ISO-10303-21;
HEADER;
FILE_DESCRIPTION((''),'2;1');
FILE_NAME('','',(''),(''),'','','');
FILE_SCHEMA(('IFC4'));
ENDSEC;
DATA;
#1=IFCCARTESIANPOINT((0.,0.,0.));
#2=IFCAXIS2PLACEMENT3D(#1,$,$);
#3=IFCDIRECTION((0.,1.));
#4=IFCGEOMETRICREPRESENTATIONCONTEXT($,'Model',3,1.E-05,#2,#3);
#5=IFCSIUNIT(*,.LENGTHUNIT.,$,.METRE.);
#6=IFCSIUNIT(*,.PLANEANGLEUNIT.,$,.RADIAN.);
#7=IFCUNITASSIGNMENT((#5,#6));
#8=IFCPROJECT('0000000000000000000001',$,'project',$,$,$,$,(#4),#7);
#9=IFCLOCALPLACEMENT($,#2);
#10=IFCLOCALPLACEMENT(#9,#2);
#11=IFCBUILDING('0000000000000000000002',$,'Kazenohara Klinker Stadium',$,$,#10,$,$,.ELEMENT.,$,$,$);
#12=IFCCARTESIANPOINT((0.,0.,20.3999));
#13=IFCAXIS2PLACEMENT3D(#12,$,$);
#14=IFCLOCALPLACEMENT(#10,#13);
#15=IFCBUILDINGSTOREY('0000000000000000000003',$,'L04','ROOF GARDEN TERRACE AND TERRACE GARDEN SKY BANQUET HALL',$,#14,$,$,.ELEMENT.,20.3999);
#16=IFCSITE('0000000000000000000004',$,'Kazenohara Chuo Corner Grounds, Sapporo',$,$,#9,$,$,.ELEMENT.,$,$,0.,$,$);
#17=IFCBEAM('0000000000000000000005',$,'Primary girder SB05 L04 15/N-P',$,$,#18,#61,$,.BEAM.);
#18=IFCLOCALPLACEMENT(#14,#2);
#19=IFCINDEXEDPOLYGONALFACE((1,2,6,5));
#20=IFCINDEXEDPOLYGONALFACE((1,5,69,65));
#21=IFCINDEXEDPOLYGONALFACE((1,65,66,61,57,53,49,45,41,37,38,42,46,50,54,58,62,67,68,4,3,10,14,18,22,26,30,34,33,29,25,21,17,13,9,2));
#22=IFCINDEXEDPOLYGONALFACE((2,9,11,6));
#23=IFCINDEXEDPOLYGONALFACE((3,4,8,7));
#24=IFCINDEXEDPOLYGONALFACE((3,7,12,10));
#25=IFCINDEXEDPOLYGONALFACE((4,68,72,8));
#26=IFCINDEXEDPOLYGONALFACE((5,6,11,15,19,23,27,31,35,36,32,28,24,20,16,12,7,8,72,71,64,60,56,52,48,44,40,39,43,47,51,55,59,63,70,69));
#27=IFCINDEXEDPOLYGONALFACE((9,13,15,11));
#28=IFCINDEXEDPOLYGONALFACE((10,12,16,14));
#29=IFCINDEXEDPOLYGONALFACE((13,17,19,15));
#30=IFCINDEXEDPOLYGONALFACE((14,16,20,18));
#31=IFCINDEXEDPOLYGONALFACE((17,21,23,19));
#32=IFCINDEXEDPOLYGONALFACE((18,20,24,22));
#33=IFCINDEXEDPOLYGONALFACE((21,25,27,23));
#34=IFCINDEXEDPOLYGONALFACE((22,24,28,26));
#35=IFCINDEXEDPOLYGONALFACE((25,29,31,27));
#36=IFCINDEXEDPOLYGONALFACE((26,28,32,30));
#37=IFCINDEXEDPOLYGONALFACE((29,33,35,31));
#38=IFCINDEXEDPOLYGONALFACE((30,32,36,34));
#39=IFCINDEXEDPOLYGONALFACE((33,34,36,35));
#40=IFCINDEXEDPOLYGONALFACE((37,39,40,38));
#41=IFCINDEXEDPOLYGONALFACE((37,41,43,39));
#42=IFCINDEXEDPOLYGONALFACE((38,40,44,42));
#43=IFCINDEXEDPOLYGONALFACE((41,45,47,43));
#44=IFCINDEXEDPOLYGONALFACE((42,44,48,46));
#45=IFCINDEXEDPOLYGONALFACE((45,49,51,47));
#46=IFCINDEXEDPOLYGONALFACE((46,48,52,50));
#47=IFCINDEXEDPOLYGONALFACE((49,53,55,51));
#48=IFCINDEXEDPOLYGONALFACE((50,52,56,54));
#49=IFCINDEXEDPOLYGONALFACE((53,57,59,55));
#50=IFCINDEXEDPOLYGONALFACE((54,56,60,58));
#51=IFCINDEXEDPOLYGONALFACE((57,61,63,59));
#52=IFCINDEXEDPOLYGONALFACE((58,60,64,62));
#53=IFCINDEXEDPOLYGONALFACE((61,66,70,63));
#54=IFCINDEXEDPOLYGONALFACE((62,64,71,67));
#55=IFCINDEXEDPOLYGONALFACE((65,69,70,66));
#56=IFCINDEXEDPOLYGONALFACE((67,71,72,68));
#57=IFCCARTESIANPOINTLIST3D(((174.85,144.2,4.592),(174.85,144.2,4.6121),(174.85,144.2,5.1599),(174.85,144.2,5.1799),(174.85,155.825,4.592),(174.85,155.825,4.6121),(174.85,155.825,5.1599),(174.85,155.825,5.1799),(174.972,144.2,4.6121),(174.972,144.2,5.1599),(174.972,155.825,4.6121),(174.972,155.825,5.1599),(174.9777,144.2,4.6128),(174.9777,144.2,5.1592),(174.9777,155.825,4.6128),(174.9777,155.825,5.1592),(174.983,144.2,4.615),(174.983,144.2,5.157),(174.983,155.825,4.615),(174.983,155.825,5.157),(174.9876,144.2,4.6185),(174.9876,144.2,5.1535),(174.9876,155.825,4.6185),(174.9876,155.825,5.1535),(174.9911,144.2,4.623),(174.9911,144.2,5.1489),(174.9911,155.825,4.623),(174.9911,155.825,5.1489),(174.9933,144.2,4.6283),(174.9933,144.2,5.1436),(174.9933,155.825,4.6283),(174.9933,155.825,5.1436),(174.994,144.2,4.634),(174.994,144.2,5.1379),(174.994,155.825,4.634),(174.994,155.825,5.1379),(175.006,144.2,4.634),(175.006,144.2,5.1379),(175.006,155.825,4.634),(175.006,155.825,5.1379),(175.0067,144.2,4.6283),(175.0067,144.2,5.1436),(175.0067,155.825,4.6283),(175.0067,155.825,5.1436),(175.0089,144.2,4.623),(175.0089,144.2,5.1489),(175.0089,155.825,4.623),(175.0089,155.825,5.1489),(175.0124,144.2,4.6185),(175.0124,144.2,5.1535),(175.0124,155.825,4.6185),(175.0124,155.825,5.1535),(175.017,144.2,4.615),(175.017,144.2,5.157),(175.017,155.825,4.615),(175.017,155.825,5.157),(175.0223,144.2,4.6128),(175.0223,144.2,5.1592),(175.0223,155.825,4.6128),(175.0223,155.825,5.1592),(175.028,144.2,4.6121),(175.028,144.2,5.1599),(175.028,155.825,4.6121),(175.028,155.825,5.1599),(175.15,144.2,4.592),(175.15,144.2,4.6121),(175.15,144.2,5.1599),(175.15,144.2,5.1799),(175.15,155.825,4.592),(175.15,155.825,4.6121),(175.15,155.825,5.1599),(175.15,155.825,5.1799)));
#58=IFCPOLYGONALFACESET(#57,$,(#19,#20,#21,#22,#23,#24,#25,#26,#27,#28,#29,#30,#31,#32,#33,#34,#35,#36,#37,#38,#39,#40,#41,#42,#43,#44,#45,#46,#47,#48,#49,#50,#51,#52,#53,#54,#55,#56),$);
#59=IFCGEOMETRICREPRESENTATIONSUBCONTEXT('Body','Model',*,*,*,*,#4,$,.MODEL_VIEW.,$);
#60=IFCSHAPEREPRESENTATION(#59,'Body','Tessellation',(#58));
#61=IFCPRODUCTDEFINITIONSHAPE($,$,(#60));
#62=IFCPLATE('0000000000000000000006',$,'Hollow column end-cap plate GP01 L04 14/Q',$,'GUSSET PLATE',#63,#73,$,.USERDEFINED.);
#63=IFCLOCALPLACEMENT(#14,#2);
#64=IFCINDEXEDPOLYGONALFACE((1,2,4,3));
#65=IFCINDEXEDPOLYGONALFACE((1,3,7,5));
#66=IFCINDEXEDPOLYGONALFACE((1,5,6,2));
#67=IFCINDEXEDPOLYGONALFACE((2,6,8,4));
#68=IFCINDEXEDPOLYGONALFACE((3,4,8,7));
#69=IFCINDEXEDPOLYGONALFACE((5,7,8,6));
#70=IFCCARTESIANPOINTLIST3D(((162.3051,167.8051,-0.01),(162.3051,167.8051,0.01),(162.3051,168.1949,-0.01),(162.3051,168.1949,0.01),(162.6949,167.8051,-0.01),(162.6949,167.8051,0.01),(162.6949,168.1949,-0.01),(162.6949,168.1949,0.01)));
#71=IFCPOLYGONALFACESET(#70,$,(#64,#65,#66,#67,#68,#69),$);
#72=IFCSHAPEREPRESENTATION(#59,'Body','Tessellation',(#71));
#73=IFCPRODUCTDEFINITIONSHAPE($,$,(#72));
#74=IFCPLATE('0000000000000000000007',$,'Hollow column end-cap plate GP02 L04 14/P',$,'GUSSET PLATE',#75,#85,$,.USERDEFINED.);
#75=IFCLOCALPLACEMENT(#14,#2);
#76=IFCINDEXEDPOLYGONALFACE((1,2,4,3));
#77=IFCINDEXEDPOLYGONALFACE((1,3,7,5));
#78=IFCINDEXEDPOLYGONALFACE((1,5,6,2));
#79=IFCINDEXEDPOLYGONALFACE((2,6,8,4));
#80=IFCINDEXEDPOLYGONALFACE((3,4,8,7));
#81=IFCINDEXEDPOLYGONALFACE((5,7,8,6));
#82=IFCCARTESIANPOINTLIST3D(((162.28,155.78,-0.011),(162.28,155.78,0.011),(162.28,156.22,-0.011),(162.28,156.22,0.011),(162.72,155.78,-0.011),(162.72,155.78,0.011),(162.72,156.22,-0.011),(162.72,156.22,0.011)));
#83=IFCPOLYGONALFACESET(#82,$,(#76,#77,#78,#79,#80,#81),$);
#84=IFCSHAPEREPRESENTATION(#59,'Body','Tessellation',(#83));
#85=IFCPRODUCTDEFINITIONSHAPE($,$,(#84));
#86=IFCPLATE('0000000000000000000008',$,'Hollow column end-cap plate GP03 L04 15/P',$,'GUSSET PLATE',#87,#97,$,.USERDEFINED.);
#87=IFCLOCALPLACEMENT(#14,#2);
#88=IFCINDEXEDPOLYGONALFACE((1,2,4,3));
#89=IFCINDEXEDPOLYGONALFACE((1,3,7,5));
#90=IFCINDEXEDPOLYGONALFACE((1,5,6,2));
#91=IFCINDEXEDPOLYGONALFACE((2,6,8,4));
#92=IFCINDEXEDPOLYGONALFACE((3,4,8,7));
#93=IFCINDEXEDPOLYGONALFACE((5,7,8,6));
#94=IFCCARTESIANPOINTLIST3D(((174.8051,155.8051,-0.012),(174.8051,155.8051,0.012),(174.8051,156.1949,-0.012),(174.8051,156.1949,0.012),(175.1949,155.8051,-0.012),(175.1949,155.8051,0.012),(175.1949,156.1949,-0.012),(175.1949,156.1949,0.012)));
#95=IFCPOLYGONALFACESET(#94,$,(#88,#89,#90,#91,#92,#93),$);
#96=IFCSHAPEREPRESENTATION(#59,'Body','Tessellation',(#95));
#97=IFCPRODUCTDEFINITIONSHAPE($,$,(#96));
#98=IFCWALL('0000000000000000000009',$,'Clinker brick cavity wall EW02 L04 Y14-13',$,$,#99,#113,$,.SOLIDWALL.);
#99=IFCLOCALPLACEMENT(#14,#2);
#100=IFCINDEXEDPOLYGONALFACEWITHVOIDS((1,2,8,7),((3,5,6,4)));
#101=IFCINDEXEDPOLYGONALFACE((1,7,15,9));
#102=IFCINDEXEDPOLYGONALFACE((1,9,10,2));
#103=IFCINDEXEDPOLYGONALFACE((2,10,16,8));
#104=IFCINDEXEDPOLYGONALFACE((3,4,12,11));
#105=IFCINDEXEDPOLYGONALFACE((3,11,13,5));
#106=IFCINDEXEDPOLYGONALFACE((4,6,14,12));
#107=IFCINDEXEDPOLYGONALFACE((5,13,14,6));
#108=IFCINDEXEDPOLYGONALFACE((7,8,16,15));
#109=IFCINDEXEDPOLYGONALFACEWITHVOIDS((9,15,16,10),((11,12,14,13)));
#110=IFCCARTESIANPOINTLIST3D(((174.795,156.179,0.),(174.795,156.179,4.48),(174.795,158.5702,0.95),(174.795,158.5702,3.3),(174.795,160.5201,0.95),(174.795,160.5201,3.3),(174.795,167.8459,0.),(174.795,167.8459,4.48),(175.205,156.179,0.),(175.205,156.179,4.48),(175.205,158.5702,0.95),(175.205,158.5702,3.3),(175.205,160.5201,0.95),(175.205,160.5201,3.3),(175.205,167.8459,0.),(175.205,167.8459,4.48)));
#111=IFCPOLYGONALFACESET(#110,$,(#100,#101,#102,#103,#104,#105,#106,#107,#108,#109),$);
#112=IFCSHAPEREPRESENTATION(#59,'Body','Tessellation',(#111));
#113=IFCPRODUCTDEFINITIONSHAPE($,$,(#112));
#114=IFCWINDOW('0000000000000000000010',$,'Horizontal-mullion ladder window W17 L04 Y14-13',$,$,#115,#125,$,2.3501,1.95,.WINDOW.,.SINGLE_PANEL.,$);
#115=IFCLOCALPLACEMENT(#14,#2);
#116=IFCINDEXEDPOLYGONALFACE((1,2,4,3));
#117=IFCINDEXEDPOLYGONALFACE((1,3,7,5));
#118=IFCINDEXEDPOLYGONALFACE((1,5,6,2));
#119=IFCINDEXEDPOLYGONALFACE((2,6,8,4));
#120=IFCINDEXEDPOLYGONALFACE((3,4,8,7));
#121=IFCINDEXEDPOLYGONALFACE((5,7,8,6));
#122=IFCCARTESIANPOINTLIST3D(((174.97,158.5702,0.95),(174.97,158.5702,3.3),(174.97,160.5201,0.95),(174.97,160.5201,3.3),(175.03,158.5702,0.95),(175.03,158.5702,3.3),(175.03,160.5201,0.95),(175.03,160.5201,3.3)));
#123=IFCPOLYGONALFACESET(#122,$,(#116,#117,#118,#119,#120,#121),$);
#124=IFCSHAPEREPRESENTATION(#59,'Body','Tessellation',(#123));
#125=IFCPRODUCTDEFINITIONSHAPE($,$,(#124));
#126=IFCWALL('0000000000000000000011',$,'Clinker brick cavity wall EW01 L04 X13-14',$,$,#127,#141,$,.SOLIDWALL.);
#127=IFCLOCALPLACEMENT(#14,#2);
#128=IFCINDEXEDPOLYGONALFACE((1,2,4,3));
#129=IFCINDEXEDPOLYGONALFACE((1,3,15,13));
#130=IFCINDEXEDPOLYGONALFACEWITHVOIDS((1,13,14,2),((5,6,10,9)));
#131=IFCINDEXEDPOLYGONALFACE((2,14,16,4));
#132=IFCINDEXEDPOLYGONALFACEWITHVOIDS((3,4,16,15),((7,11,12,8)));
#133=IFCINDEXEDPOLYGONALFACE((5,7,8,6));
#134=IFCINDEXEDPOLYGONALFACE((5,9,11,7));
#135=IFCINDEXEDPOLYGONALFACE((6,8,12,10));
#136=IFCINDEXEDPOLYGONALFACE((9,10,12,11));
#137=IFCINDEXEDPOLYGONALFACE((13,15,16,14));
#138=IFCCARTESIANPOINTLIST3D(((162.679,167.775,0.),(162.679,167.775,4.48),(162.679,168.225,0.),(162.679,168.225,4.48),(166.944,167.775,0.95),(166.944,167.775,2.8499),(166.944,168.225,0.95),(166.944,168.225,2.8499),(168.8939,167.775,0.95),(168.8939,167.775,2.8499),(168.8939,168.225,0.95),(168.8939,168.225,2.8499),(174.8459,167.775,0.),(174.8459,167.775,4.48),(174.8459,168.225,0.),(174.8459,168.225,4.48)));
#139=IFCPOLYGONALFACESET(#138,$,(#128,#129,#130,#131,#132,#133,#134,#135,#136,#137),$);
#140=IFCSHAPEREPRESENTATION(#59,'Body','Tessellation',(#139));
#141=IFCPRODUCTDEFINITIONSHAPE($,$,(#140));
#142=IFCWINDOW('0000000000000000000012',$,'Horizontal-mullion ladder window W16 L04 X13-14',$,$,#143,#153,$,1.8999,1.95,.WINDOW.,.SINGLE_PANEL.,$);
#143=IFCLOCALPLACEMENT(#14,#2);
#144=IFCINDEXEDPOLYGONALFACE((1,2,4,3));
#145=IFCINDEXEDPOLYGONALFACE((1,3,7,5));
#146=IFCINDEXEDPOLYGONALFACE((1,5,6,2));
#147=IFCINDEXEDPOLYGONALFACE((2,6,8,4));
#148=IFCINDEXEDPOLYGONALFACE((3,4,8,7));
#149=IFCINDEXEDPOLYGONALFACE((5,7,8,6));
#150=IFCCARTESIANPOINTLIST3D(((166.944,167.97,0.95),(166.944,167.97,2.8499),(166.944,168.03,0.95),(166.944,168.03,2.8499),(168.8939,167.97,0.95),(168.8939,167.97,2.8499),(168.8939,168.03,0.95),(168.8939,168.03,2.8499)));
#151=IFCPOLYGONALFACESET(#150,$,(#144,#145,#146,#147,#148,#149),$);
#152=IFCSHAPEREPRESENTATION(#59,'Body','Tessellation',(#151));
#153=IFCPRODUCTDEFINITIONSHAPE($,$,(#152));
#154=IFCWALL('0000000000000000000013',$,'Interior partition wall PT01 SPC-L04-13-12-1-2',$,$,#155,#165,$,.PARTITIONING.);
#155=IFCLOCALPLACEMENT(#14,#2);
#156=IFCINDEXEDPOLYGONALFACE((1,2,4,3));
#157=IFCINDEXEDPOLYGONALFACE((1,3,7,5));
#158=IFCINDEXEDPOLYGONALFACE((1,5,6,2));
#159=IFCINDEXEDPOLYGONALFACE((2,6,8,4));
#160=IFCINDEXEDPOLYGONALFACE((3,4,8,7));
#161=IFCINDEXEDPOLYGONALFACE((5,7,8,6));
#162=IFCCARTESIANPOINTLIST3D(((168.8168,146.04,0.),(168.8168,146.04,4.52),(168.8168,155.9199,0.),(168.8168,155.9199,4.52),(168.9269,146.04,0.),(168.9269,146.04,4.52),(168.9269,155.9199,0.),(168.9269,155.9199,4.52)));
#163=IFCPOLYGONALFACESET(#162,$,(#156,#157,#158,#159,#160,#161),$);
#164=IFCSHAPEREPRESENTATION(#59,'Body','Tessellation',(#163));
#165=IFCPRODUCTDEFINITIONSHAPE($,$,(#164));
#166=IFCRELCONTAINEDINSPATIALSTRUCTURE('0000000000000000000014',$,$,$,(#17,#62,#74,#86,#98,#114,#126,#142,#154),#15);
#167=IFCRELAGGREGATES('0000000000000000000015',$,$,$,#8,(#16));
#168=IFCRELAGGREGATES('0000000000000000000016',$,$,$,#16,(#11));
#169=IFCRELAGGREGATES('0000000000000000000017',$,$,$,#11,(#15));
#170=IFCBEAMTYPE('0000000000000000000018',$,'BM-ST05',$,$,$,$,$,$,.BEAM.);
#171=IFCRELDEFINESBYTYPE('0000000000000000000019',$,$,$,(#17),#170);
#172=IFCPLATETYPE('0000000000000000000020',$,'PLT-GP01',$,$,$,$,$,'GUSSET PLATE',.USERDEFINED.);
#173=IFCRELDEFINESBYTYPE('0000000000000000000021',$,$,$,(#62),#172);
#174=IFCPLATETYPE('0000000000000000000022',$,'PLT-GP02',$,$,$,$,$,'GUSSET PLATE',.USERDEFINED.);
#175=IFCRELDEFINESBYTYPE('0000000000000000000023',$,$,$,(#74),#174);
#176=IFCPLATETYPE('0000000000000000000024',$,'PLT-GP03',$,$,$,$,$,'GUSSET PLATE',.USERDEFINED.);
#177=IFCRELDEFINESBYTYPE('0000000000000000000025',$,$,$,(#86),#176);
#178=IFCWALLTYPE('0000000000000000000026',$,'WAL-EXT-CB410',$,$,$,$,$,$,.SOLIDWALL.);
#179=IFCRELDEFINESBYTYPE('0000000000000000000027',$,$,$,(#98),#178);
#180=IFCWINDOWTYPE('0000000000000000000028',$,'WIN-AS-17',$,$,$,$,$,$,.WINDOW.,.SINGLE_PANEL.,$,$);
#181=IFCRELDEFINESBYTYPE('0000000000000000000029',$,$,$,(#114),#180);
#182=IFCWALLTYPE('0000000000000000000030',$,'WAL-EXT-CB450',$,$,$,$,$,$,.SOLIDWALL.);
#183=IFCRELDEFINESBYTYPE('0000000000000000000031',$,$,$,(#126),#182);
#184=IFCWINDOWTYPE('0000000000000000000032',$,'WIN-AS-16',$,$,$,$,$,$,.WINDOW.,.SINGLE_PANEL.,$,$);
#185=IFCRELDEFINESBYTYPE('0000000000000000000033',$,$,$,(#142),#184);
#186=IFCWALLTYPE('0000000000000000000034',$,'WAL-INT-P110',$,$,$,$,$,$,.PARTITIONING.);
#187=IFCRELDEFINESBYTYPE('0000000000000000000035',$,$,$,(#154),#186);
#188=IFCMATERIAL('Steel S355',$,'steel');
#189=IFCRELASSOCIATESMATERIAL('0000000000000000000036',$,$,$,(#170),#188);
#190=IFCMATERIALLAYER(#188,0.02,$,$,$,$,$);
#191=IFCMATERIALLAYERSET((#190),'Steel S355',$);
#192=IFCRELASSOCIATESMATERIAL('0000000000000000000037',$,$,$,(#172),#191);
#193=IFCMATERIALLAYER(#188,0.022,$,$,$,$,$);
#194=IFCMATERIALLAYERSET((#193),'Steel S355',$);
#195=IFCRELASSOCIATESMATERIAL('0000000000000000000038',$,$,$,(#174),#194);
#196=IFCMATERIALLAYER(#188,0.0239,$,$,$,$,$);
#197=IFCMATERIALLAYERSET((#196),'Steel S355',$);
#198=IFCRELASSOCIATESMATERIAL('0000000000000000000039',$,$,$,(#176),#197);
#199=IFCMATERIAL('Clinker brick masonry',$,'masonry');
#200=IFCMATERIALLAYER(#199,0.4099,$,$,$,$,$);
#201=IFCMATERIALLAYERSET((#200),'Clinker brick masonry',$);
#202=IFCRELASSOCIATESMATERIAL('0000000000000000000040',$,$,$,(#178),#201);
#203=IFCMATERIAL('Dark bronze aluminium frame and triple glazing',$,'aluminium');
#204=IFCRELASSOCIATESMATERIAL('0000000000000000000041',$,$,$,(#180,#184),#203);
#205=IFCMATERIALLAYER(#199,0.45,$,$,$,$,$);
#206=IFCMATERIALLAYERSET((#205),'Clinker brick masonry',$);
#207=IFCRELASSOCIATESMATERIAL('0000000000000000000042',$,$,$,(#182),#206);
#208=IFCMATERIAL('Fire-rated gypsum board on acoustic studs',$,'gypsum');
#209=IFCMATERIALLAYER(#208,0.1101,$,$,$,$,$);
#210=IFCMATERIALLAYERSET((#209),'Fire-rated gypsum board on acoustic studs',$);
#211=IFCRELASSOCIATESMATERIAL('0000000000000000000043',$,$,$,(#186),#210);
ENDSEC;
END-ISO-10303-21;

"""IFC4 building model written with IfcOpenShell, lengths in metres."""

from ifc_helpers import new_model, si_unit, direction, frame, frame_2d, origin, origin_2d, place, context, subcontext, project, spatial, rectangle, i_section, extrude, material, layer, layer_set, material_profile, profile_set, type_object, element, fill, save


model = new_model("IFC4")

# Units and contexts
model_context = context("Model", 3, precision=1e-05, world=origin(), true_north=direction((0.0, 1.0)))
body_context = subcontext(model_context, "Body", "Model", "MODEL_VIEW")
ifc_project = project(units=[si_unit("LENGTHUNIT", "METRE"), si_unit("PLANEANGLEUNIT", "RADIAN")], contexts=[model_context])

# Site, building, storey
site_placement = place(None, origin())
site = spatial("IfcSite", under=ifc_project, at=site_placement, Name="Kazenohara Chuo Corner Grounds, Sapporo", CompositionType="ELEMENT", RefElevation=0.0)
building_placement = place(site_placement, origin())
building = spatial("IfcBuilding", under=site, at=building_placement, Name="Kazenohara Klinker Stadium", CompositionType="ELEMENT")
storey_placement = place(building_placement, frame((0.0, 0.0, 20.3999)))
storey = spatial("IfcBuildingStorey", under=building, at=storey_placement, Name="L04", Description="ROOF GARDEN TERRACE AND TERRACE GARDEN SKY BANQUET HALL", CompositionType="ELEMENT", Elevation=20.3999)

# Shared definitions
ifc_material_1 = material(Name="Steel S355", Category="steel")

# Beam
ifc_material_profile_1 = material_profile(ifc_material_1, i_section(OverallWidth=0.3, OverallDepth=0.5879, WebThickness=0.012, FlangeThickness=0.02, FilletRadius=0.022, at=origin_2d()), Name="H-588x300x12x20")
ifc_profile_set_1 = profile_set([ifc_material_profile_1], Name="Steel S355")
beam_type_1 = type_object("IfcBeamType", Name="BM-ST05", PredefinedType="BEAM", material=ifc_profile_set_1)
for number, where, z_axis, x_axis, name in (
    (1, (175.0, 144.2, 4.886), (0.0, 1.0, 0.0), (-1.0, 0.0, 0.0), "Primary girder SB05 L04 15/N-P"),
):
    element("IfcBeam", number, at=place(storey_placement, frame(where, z_axis=z_axis, x_axis=x_axis)), inside=storey, type_object=beam_type_1, Name=name, PredefinedType="BEAM", context=body_context, shape_type="SweptSolid", body=[
        extrude(i_section(OverallWidth=0.3, OverallDepth=0.5879, WebThickness=0.012, FlangeThickness=0.02, FilletRadius=0.022, at=origin_2d()), origin(), (0.0, 0.0, 1.0), 11.625),
    ])

# Plates
ifc_layer_1 = layer(ifc_material_1, 0.02)
ifc_layer_set_1 = layer_set([ifc_layer_1], Name="Steel S355")
plate_type_1 = type_object("IfcPlateType", Name="PLT-GP01", ElementType="GUSSET PLATE", PredefinedType="USERDEFINED", material=ifc_layer_set_1)
plate_1_placement = place(storey_placement, frame((162.5, 168.0, -0.01), z_axis=(0.0, 0.0, 1.0), x_axis=(1.0, 0.0, 0.0)))
element("IfcPlate", 2, at=plate_1_placement, inside=storey, type_object=plate_type_1, Name="Hollow column end-cap plate GP01 L04 14/Q", ObjectType="GUSSET PLATE", PredefinedType="USERDEFINED", context=body_context, shape_type="SweptSolid", body=[
    extrude(rectangle(XDim=0.3899, YDim=0.3899, at=origin_2d()), origin(), (0.0, 0.0, 1.0), 0.02),
])
ifc_layer_2 = layer(ifc_material_1, 0.022)
ifc_layer_set_2 = layer_set([ifc_layer_2], Name="Steel S355")
plate_type_2 = type_object("IfcPlateType", Name="PLT-GP02", ElementType="GUSSET PLATE", PredefinedType="USERDEFINED", material=ifc_layer_set_2)
plate_2_placement = place(storey_placement, frame((162.5, 156.0, -0.011), z_axis=(0.0, 0.0, 1.0), x_axis=(1.0, 0.0, 0.0)))
element("IfcPlate", 3, at=plate_2_placement, inside=storey, type_object=plate_type_2, Name="Hollow column end-cap plate GP02 L04 14/P", ObjectType="GUSSET PLATE", PredefinedType="USERDEFINED", context=body_context, shape_type="SweptSolid", body=[
    extrude(rectangle(XDim=0.4399, YDim=0.4399, at=origin_2d()), origin(), (0.0, 0.0, 1.0), 0.022),
])
ifc_layer_3 = layer(ifc_material_1, 0.0239)
ifc_layer_set_3 = layer_set([ifc_layer_3], Name="Steel S355")
plate_type_3 = type_object("IfcPlateType", Name="PLT-GP03", ElementType="GUSSET PLATE", PredefinedType="USERDEFINED", material=ifc_layer_set_3)
plate_3_placement = place(storey_placement, frame((175.0, 156.0, -0.012), z_axis=(0.0, 0.0, 1.0), x_axis=(1.0, 0.0, 0.0)))
element("IfcPlate", 4, at=plate_3_placement, inside=storey, type_object=plate_type_3, Name="Hollow column end-cap plate GP03 L04 15/P", ObjectType="GUSSET PLATE", PredefinedType="USERDEFINED", context=body_context, shape_type="SweptSolid", body=[
    extrude(rectangle(XDim=0.3899, YDim=0.3899, at=origin_2d()), origin(), (0.0, 0.0, 1.0), 0.0239),
])

# Walls, openings, windows
ifc_material_2 = material(Name="Clinker brick masonry", Category="masonry")
ifc_layer_4 = layer(ifc_material_2, 0.4099)
ifc_layer_set_4 = layer_set([ifc_layer_4], Name="Clinker brick masonry")
wall_type_1 = type_object("IfcWallType", Name="WAL-EXT-CB410", PredefinedType="SOLIDWALL", material=ifc_layer_set_4)
wall_1_placement = place(storey_placement, frame((175.0, 156.179, 0.0), z_axis=(0.0, 0.0, 1.0), x_axis=(0.0, 1.0, 0.0)))
wall_1 = element("IfcWall", 5, at=wall_1_placement, inside=storey, type_object=wall_type_1, Name="Clinker brick cavity wall EW02 L04 Y14-13", PredefinedType="SOLIDWALL", context=body_context, shape_type="SweptSolid", body=[
    extrude(rectangle(XDim=11.667, YDim=0.4099, at=frame_2d((5.8335, 0.0))), origin(), (0.0, 0.0, 1.0), 4.48),
])
opening_1_placement = place(wall_1_placement, frame((2.3911, 0.0, 0.95)))
opening_1 = element("IfcOpeningElement", 6, at=opening_1_placement, cuts=wall_1, PredefinedType="OPENING", context=body_context, shape_type="SweptSolid", body=[
    extrude(rectangle(XDim=1.95, YDim=2.3501, at=frame_2d((0.9751, 1.175))), frame((0.0, 0.2148, 0.0), z_axis=(0.0, -1.0, 0.0), x_axis=(1.0, 0.0, 0.0)), (0.0, 0.0, 1.0), 0.4299),
])
ifc_material_3 = material(Name="Dark bronze aluminium frame and triple glazing", Category="aluminium")
window_type_1 = type_object("IfcWindowType", Name="WIN-AS-17", PartitioningType="SINGLE_PANEL", PredefinedType="WINDOW", material=ifc_material_3)
window_1_placement = place(opening_1_placement, origin())
window_1 = element("IfcWindow", 7, at=window_1_placement, inside=storey, type_object=window_type_1, Name="Horizontal-mullion ladder window W17 L04 Y14-13", OverallHeight=2.3501, OverallWidth=1.95, PartitioningType="SINGLE_PANEL", PredefinedType="WINDOW", context=body_context, shape_type="SweptSolid", body=[
    extrude(rectangle(XDim=1.95, YDim=2.3501, at=frame_2d((0.9751, 1.175))), frame((0.0, 0.03, 0.0), z_axis=(0.0, -1.0, 0.0), x_axis=(1.0, 0.0, 0.0)), (0.0, 0.0, 1.0), 0.0601),
])
fill(opening_1, window_1)
ifc_layer_5 = layer(ifc_material_2, 0.45)
ifc_layer_set_5 = layer_set([ifc_layer_5], Name="Clinker brick masonry")
wall_type_2 = type_object("IfcWallType", Name="WAL-EXT-CB450", PredefinedType="SOLIDWALL", material=ifc_layer_set_5)
wall_2_placement = place(storey_placement, frame((162.679, 168.0, 0.0), z_axis=(0.0, 0.0, 1.0), x_axis=(1.0, 0.0, 0.0)))
wall_2 = element("IfcWall", 8, at=wall_2_placement, inside=storey, type_object=wall_type_2, Name="Clinker brick cavity wall EW01 L04 X13-14", PredefinedType="SOLIDWALL", context=body_context, shape_type="SweptSolid", body=[
    extrude(rectangle(XDim=12.167, YDim=0.45, at=frame_2d((6.0835, 0.0))), origin(), (0.0, 0.0, 1.0), 4.48),
])
opening_2_placement = place(wall_2_placement, frame((4.2649, 0.0, 0.95)))
opening_2 = element("IfcOpeningElement", 9, at=opening_2_placement, cuts=wall_2, PredefinedType="OPENING", context=body_context, shape_type="SweptSolid", body=[
    extrude(rectangle(XDim=1.95, YDim=1.8999, at=frame_2d((0.9751, 0.95))), frame((0.0, 0.2349, 0.0), z_axis=(0.0, -1.0, 0.0), x_axis=(1.0, 0.0, 0.0)), (0.0, 0.0, 1.0), 0.47),
])
window_type_2 = type_object("IfcWindowType", Name="WIN-AS-16", PartitioningType="SINGLE_PANEL", PredefinedType="WINDOW", material=ifc_material_3)
window_2_placement = place(opening_2_placement, origin())
window_2 = element("IfcWindow", 10, at=window_2_placement, inside=storey, type_object=window_type_2, Name="Horizontal-mullion ladder window W16 L04 X13-14", OverallHeight=1.8999, OverallWidth=1.95, PartitioningType="SINGLE_PANEL", PredefinedType="WINDOW", context=body_context, shape_type="SweptSolid", body=[
    extrude(rectangle(XDim=1.95, YDim=1.8999, at=frame_2d((0.9751, 0.95))), frame((0.0, 0.03, 0.0), z_axis=(0.0, -1.0, 0.0), x_axis=(1.0, 0.0, 0.0)), (0.0, 0.0, 1.0), 0.0601),
])
fill(opening_2, window_2)

# Wall
ifc_material_4 = material(Name="Fire-rated gypsum board on acoustic studs", Category="gypsum")
ifc_layer_6 = layer(ifc_material_4, 0.1101)
ifc_layer_set_6 = layer_set([ifc_layer_6], Name="Fire-rated gypsum board on acoustic studs")
wall_type_3 = type_object("IfcWallType", Name="WAL-INT-P110", PredefinedType="PARTITIONING", material=ifc_layer_set_6)
wall_3_placement = place(storey_placement, frame((168.8718, 146.04, 0.0), z_axis=(0.0, 0.0, 1.0), x_axis=(0.0, 1.0, 0.0)))
element("IfcWall", 11, at=wall_3_placement, inside=storey, type_object=wall_type_3, Name="Interior partition wall PT01 SPC-L04-13-12-1-2", PredefinedType="PARTITIONING", context=body_context, shape_type="SweptSolid", body=[
    extrude(rectangle(XDim=9.8799, YDim=0.1101, at=frame_2d((4.9399, 0.0))), origin(), (0.0, 0.0, 1.0), 4.52),
])

save(model, "model.ifc")
